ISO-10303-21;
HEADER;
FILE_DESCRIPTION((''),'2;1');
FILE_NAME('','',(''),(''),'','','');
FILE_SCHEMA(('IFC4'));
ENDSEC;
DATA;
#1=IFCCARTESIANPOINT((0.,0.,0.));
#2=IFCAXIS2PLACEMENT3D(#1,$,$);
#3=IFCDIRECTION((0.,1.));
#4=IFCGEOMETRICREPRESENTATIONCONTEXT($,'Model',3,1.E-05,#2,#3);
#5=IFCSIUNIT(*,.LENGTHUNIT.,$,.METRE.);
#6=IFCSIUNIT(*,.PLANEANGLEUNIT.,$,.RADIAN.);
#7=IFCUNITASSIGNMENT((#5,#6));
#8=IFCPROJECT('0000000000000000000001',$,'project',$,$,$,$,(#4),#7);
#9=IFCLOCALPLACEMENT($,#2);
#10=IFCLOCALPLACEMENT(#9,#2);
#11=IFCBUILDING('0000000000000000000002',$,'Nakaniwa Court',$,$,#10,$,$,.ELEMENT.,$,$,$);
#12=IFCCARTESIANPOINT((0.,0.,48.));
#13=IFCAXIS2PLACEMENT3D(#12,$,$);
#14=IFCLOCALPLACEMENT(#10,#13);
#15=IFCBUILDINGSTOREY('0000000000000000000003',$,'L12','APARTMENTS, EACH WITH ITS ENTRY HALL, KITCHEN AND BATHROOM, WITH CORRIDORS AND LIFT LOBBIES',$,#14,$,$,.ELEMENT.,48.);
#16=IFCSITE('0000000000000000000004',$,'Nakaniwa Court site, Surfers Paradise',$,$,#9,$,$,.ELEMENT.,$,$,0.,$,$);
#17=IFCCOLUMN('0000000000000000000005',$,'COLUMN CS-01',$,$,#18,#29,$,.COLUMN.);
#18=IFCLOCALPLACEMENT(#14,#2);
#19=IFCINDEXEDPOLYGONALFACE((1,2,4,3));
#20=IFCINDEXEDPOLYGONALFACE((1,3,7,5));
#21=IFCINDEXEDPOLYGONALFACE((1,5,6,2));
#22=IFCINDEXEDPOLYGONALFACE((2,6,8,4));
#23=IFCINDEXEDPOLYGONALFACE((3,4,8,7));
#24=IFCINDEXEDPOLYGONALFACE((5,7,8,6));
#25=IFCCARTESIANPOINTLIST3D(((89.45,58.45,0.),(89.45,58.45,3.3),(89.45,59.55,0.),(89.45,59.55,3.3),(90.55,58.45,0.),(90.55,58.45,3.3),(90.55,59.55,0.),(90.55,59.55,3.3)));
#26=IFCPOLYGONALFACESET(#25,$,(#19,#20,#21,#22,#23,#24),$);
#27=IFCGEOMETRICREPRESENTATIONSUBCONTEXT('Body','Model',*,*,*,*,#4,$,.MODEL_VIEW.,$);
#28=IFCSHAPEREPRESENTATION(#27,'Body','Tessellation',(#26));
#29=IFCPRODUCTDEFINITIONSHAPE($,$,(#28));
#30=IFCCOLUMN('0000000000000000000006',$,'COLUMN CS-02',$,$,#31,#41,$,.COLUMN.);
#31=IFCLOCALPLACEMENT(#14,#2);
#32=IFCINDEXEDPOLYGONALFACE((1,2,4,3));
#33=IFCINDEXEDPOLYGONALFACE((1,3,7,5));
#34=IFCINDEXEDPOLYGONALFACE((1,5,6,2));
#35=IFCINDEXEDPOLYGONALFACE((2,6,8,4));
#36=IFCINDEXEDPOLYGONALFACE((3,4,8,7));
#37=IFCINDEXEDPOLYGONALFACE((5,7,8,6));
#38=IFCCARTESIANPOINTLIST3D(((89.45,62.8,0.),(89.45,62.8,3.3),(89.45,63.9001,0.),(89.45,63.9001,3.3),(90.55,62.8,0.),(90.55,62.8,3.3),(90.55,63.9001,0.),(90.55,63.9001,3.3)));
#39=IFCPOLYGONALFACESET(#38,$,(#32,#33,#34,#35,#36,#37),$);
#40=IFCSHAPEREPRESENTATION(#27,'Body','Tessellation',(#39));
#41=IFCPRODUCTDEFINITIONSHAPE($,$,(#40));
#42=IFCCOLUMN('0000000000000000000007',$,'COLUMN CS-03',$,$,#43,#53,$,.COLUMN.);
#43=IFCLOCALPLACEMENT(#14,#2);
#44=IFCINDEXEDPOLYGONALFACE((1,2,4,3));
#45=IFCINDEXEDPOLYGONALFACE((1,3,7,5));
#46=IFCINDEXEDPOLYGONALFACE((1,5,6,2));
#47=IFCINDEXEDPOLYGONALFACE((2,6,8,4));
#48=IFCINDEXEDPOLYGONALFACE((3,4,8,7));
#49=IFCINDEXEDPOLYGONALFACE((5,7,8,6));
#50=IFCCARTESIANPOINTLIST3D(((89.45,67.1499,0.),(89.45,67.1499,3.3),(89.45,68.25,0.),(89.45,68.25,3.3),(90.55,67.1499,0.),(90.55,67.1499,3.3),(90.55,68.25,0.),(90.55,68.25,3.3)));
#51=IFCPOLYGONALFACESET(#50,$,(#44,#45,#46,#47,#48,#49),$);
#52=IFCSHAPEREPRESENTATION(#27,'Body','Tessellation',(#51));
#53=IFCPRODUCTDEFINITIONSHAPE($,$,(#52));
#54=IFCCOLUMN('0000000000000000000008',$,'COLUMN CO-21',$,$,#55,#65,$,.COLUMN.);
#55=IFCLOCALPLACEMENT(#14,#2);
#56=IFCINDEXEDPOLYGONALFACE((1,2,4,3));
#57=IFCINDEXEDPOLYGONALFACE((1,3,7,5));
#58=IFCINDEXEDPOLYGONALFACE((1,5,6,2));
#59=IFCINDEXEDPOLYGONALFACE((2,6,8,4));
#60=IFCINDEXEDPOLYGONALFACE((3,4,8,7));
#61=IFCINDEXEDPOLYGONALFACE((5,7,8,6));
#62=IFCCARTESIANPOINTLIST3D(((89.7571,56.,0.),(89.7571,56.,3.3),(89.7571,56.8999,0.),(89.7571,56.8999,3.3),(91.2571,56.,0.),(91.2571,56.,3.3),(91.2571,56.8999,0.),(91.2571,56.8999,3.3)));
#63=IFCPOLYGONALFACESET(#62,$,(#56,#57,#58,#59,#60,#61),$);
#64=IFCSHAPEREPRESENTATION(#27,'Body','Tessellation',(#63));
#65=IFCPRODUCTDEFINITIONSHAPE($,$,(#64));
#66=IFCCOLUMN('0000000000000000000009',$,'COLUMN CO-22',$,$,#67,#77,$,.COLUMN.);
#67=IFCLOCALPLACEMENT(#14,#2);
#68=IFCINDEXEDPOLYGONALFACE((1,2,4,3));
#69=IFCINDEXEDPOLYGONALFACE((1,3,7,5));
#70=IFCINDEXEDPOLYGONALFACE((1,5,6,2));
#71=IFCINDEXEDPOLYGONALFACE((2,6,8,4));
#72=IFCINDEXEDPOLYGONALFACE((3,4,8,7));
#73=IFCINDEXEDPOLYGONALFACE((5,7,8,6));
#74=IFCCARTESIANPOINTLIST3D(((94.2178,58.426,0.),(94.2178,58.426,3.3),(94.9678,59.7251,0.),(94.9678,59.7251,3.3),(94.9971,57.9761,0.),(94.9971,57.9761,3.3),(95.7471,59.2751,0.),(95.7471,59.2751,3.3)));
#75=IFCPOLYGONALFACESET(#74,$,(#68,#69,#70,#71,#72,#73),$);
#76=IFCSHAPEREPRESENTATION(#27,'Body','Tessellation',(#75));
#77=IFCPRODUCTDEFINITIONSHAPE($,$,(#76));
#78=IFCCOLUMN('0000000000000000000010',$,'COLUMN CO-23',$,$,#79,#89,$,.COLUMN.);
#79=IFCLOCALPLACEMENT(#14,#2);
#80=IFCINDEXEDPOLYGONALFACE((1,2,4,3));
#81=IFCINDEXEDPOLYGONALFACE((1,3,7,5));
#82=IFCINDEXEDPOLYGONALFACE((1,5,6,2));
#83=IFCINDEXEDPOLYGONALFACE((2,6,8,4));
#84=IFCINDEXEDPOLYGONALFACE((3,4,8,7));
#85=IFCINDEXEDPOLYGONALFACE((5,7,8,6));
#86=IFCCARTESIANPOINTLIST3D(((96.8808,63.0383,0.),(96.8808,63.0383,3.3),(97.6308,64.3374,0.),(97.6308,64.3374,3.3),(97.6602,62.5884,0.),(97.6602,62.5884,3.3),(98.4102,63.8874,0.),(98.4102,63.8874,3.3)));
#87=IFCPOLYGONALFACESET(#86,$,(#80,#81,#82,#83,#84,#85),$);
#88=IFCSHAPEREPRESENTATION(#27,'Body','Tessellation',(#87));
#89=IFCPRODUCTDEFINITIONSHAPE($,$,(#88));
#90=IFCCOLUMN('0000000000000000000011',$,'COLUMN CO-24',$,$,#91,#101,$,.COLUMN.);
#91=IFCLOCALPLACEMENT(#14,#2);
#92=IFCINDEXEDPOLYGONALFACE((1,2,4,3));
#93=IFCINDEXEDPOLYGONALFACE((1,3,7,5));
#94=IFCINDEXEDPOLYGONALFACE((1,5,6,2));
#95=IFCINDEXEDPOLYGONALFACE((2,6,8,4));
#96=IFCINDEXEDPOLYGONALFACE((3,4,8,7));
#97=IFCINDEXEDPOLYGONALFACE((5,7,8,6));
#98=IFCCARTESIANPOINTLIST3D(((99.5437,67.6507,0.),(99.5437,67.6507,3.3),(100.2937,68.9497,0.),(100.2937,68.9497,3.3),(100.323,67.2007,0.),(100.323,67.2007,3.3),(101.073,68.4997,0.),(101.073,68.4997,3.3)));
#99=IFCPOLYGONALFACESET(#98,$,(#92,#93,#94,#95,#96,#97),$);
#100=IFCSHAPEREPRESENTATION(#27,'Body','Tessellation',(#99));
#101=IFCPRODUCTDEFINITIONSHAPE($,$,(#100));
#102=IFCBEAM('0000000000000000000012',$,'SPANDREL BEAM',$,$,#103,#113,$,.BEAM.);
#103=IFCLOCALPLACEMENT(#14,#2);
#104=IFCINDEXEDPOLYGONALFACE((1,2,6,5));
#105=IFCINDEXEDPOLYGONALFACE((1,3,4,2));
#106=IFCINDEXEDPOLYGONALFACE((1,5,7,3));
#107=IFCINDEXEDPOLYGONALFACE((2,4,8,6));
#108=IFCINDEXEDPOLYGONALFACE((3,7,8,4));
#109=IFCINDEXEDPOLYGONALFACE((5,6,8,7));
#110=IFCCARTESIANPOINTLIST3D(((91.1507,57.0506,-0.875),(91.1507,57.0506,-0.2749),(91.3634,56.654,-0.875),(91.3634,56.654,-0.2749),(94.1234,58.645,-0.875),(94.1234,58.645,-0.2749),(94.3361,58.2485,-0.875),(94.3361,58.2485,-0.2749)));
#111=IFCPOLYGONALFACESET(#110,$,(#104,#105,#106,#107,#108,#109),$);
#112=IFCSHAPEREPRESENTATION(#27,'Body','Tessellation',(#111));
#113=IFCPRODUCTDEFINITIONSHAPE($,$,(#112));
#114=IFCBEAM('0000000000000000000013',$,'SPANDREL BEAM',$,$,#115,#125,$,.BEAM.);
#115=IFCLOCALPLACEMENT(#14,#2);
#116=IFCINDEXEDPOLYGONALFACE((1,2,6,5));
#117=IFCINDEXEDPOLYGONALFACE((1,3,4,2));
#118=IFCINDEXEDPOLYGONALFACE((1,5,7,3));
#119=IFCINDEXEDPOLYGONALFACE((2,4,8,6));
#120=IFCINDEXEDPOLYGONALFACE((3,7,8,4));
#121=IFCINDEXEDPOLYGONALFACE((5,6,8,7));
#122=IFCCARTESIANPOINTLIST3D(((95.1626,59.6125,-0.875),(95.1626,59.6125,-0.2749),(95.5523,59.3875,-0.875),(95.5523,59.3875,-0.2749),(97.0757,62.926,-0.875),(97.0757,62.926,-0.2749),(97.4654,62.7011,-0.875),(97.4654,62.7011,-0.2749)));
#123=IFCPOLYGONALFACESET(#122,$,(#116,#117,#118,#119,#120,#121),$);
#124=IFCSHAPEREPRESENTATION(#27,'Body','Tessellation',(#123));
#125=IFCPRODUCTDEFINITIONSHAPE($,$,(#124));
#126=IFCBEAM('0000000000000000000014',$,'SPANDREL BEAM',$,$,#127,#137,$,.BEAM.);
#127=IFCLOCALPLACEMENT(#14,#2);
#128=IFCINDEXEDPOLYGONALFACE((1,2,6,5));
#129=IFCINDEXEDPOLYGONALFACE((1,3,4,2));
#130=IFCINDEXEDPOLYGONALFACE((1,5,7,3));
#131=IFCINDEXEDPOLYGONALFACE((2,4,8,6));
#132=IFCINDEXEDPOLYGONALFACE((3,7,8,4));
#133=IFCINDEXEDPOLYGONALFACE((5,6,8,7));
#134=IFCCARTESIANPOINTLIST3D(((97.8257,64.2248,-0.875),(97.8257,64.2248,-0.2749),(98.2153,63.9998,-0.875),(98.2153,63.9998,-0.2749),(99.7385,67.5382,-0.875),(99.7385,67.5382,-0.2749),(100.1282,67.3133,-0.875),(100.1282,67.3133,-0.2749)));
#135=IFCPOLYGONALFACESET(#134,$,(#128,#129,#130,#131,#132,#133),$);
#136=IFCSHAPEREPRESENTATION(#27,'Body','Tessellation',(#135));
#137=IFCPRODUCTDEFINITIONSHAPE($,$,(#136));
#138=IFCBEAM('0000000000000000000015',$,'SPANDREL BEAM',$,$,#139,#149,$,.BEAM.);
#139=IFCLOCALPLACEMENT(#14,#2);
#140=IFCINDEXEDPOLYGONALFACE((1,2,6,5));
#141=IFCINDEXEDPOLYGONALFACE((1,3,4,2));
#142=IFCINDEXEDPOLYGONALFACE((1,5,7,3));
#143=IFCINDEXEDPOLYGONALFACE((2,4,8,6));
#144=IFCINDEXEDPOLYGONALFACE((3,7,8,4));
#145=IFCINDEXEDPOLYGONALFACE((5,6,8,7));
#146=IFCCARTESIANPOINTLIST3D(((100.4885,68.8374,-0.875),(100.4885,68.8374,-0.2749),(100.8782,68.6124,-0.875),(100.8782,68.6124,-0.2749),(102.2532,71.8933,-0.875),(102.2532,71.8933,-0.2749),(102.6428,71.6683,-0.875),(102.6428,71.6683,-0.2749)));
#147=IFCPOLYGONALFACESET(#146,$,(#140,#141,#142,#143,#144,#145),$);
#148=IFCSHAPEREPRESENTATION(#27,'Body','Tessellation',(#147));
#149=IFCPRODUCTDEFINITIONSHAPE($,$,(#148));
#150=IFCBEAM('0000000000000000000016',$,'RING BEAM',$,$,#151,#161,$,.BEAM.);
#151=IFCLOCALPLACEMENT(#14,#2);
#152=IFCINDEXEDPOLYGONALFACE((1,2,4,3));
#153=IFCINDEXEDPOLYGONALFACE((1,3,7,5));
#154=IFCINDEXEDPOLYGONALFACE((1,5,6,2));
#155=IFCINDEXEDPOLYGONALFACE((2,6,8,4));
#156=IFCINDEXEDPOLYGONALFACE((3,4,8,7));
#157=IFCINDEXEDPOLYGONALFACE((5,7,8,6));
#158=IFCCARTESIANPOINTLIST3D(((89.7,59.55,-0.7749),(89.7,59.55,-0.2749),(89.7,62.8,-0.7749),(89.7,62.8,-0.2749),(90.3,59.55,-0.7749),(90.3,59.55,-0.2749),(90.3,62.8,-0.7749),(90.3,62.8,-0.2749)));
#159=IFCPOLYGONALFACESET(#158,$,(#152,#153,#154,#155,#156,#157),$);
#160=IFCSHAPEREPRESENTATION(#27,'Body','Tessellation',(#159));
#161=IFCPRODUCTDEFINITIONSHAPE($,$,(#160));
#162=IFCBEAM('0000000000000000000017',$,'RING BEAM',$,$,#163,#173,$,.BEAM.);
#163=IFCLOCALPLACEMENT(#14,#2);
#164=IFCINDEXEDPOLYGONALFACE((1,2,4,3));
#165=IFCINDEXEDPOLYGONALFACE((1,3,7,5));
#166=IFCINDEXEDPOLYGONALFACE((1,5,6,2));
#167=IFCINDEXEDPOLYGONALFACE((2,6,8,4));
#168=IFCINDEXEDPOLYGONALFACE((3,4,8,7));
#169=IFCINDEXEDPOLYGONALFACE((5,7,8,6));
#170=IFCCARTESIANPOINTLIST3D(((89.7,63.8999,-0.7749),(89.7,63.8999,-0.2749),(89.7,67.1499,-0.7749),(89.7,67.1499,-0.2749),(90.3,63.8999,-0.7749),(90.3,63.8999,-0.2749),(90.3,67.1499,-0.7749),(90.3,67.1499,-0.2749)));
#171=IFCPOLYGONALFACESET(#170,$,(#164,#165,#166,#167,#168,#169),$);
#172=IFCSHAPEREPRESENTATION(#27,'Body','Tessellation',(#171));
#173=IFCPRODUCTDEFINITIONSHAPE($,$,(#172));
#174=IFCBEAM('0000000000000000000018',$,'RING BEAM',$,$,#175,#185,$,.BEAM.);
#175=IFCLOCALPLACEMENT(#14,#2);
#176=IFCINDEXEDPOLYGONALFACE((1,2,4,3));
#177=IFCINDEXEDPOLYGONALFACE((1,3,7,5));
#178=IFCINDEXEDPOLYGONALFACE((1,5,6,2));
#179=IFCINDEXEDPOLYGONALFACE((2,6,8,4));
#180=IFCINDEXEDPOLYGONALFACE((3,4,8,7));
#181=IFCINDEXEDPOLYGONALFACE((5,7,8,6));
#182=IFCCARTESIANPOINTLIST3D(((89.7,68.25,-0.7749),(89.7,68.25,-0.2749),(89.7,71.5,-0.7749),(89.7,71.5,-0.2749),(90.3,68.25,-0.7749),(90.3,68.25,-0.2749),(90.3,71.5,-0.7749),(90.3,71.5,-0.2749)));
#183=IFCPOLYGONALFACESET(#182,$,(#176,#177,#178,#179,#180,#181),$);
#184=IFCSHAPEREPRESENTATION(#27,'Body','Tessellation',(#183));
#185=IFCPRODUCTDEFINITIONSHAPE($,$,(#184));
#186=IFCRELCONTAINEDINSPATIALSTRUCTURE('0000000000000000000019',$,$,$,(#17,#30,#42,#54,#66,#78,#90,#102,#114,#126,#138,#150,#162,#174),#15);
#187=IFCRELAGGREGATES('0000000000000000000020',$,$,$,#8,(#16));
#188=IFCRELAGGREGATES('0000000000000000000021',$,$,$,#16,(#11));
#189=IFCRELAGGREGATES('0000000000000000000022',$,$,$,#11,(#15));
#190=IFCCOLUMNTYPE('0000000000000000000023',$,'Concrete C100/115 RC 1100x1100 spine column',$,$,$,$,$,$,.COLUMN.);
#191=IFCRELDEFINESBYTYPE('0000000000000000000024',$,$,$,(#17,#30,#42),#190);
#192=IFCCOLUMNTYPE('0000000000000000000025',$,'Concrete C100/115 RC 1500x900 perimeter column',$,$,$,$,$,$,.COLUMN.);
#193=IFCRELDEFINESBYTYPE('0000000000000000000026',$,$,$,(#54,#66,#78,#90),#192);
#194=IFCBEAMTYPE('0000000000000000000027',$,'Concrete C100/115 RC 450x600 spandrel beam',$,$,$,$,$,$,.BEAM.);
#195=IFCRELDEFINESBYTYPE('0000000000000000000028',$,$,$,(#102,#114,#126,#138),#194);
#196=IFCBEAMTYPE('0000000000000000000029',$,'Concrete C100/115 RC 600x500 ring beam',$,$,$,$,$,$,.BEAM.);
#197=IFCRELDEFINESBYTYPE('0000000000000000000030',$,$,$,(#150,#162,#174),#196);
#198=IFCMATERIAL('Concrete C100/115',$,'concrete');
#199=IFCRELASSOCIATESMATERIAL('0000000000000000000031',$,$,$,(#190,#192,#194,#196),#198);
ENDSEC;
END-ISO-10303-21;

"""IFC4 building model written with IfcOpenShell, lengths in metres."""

from ifc_helpers import new_model, si_unit, direction, frame, origin, origin_2d, place, context, subcontext, project, spatial, rectangle, extrude, material, material_profile, profile_set, type_object, element, save


model = new_model("IFC4")

# Units and contexts
model_context = context("Model", 3, precision=1e-05, world=origin(), true_north=direction((0.0, 1.0)))
body_context = subcontext(model_context, "Body", "Model", "MODEL_VIEW")
ifc_project = project(units=[si_unit("LENGTHUNIT", "METRE"), si_unit("PLANEANGLEUNIT", "RADIAN")], contexts=[model_context])

# Site, building, storey
site_placement = place(None, origin())
site = spatial("IfcSite", under=ifc_project, at=site_placement, Name="Nakaniwa Court site, Surfers Paradise", CompositionType="ELEMENT", RefElevation=0.0)
building_placement = place(site_placement, origin())
building = spatial("IfcBuilding", under=site, at=building_placement, Name="Nakaniwa Court", CompositionType="ELEMENT")
storey_placement = place(building_placement, frame((0.0, 0.0, 48.0)))
storey = spatial("IfcBuildingStorey", under=building, at=storey_placement, Name="L12", Description="APARTMENTS, EACH WITH ITS ENTRY HALL, KITCHEN AND BATHROOM, WITH CORRIDORS AND LIFT LOBBIES", CompositionType="ELEMENT", Elevation=48.0)

# Columns
ifc_material_1 = material(Name="Concrete C100/115", Category="concrete")
ifc_material_profile_1 = material_profile(ifc_material_1, rectangle(XDim=1.1001, YDim=1.1001, at=origin_2d()), Name="Concrete C100/115 RC 1100x1100 spine column")
ifc_profile_set_1 = profile_set([ifc_material_profile_1], Name="Concrete C100/115")
column_type_1 = type_object("IfcColumnType", Name="Concrete C100/115 RC 1100x1100 spine column", PredefinedType="COLUMN", material=ifc_profile_set_1)
for number, where, z_axis, x_axis, name in (
    (1, (90.0, 59.0, 0.0), (0.0, 0.0, 1.0), (0.0, 1.0, 0.0), "COLUMN CS-01"),
    (2, (90.0, 63.3501, 0.0), (0.0, 0.0, 1.0), (0.0, 1.0, 0.0), "COLUMN CS-02"),
    (3, (90.0, 67.7, 0.0), (0.0, 0.0, 1.0), (0.0, 1.0, 0.0), "COLUMN CS-03"),
):
    element("IfcColumn", number, at=place(storey_placement, frame(where, z_axis=z_axis, x_axis=x_axis)), inside=storey, type_object=column_type_1, Name=name, PredefinedType="COLUMN", context=body_context, shape_type="SweptSolid", body=[
        extrude(rectangle(XDim=1.1001, YDim=1.1001, at=origin_2d()), origin(), (0.0, 0.0, 1.0), 3.3),
    ])
ifc_material_profile_2 = material_profile(ifc_material_1, rectangle(XDim=1.5, YDim=0.8999, at=origin_2d()), Name="Concrete C100/115 RC 1500x900 perimeter column")
ifc_profile_set_2 = profile_set([ifc_material_profile_2], Name="Concrete C100/115")
column_type_2 = type_object("IfcColumnType", Name="Concrete C100/115 RC 1500x900 perimeter column", PredefinedType="COLUMN", material=ifc_profile_set_2)
for number, where, z_axis, x_axis, name in (
    (4, (90.5071, 56.45, 0.0), (0.0, 0.0, 1.0), (1.0, 0.0, 0.0), "COLUMN CO-21"),
    (5, (94.9824, 58.8506, 0.0), (0.0, 0.0, 1.0), (0.5, 0.866025, 0.0), "COLUMN CO-22"),
    (6, (97.6455, 63.4629, 0.0), (0.0, 0.0, 1.0), (0.5, 0.866025, 0.0), "COLUMN CO-23"),
    (7, (100.3083, 68.0752, 0.0), (0.0, 0.0, 1.0), (0.5, 0.866025, 0.0), "COLUMN CO-24"),
):
    element("IfcColumn", number, at=place(storey_placement, frame(where, z_axis=z_axis, x_axis=x_axis)), inside=storey, type_object=column_type_2, Name=name, PredefinedType="COLUMN", context=body_context, shape_type="SweptSolid", body=[
        extrude(rectangle(XDim=1.5, YDim=0.8999, at=origin_2d()), origin(), (0.0, 0.0, 1.0), 3.3),
    ])

# Beams
ifc_material_profile_3 = material_profile(ifc_material_1, rectangle(XDim=0.45, YDim=0.6001, at=origin_2d()), Name="Concrete C100/115 RC 450x600 spandrel beam")
ifc_profile_set_3 = profile_set([ifc_material_profile_3], Name="Concrete C100/115")
beam_type_1 = type_object("IfcBeamType", Name="Concrete C100/115 RC 450x600 spandrel beam", PredefinedType="BEAM", material=ifc_profile_set_3)
beam_1_placement = place(storey_placement, frame((91.2571, 56.8523, -0.575), z_axis=(0.881235, 0.472679, 0.0), x_axis=(-0.472679, 0.881235, 0.0)))
element("IfcBeam", 8, at=beam_1_placement, inside=storey, type_object=beam_type_1, Name="SPANDREL BEAM", PredefinedType="BEAM", context=body_context, shape_type="SweptSolid", body=[
    extrude(rectangle(XDim=0.45, YDim=0.6001, at=origin_2d()), origin(), (0.0, 0.0, 1.0), 3.3733),
])
beam_2_placement = place(storey_placement, frame((95.3574, 59.5, -0.575), z_axis=(0.50001, 0.86602, 0.0), x_axis=(-0.86602, 0.50001, 0.0)))
element("IfcBeam", 9, at=beam_2_placement, inside=storey, type_object=beam_type_1, Name="SPANDREL BEAM", PredefinedType="BEAM", context=body_context, shape_type="SweptSolid", body=[
    extrude(rectangle(XDim=0.45, YDim=0.6001, at=origin_2d()), origin(), (0.0, 0.0, 1.0), 3.8262),
])
beam_3_placement = place(storey_placement, frame((98.0205, 64.1123, -0.575), z_axis=(0.499962, 0.866047, 0.0), x_axis=(-0.866047, 0.499962, 0.0)))
element("IfcBeam", 10, at=beam_3_placement, inside=storey, type_object=beam_type_1, Name="SPANDREL BEAM", PredefinedType="BEAM", context=body_context, shape_type="SweptSolid", body=[
    extrude(rectangle(XDim=0.45, YDim=0.6001, at=origin_2d()), origin(), (0.0, 0.0, 1.0), 3.8259),
])
beam_4_placement = place(storey_placement, frame((100.6833, 68.7249, -0.575), z_axis=(0.500068, 0.865986, 0.0), x_axis=(-0.865986, 0.500068, 0.0)))
element("IfcBeam", 11, at=beam_4_placement, inside=storey, type_object=beam_type_1, Name="SPANDREL BEAM", PredefinedType="BEAM", context=body_context, shape_type="SweptSolid", body=[
    extrude(rectangle(XDim=0.45, YDim=0.6001, at=origin_2d()), origin(), (0.0, 0.0, 1.0), 3.5288),
])
ifc_material_profile_4 = material_profile(ifc_material_1, rectangle(XDim=0.6001, YDim=0.5, at=origin_2d()), Name="Concrete C100/115 RC 600x500 ring beam")
ifc_profile_set_4 = profile_set([ifc_material_profile_4], Name="Concrete C100/115")
beam_type_2 = type_object("IfcBeamType", Name="Concrete C100/115 RC 600x500 ring beam", PredefinedType="BEAM", material=ifc_profile_set_4)
for number, where, z_axis, x_axis, name in (
    (12, (90.0, 59.55, -0.5249), (0.0, 1.0, 0.0), (-1.0, 0.0, 0.0), "RING BEAM"),
    (13, (90.0, 63.8999, -0.5249), (0.0, 1.0, 0.0), (-1.0, 0.0, 0.0), "RING BEAM"),
    (14, (90.0, 68.25, -0.5249), (0.0, 1.0, 0.0), (-1.0, 0.0, 0.0), "RING BEAM"),
):
    element("IfcBeam", number, at=place(storey_placement, frame(where, z_axis=z_axis, x_axis=x_axis)), inside=storey, type_object=beam_type_2, Name=name, PredefinedType="BEAM", context=body_context, shape_type="SweptSolid", body=[
        extrude(rectangle(XDim=0.6001, YDim=0.5, at=origin_2d()), origin(), (0.0, 0.0, 1.0), 3.25),
    ])

save(model, "model.ifc")
